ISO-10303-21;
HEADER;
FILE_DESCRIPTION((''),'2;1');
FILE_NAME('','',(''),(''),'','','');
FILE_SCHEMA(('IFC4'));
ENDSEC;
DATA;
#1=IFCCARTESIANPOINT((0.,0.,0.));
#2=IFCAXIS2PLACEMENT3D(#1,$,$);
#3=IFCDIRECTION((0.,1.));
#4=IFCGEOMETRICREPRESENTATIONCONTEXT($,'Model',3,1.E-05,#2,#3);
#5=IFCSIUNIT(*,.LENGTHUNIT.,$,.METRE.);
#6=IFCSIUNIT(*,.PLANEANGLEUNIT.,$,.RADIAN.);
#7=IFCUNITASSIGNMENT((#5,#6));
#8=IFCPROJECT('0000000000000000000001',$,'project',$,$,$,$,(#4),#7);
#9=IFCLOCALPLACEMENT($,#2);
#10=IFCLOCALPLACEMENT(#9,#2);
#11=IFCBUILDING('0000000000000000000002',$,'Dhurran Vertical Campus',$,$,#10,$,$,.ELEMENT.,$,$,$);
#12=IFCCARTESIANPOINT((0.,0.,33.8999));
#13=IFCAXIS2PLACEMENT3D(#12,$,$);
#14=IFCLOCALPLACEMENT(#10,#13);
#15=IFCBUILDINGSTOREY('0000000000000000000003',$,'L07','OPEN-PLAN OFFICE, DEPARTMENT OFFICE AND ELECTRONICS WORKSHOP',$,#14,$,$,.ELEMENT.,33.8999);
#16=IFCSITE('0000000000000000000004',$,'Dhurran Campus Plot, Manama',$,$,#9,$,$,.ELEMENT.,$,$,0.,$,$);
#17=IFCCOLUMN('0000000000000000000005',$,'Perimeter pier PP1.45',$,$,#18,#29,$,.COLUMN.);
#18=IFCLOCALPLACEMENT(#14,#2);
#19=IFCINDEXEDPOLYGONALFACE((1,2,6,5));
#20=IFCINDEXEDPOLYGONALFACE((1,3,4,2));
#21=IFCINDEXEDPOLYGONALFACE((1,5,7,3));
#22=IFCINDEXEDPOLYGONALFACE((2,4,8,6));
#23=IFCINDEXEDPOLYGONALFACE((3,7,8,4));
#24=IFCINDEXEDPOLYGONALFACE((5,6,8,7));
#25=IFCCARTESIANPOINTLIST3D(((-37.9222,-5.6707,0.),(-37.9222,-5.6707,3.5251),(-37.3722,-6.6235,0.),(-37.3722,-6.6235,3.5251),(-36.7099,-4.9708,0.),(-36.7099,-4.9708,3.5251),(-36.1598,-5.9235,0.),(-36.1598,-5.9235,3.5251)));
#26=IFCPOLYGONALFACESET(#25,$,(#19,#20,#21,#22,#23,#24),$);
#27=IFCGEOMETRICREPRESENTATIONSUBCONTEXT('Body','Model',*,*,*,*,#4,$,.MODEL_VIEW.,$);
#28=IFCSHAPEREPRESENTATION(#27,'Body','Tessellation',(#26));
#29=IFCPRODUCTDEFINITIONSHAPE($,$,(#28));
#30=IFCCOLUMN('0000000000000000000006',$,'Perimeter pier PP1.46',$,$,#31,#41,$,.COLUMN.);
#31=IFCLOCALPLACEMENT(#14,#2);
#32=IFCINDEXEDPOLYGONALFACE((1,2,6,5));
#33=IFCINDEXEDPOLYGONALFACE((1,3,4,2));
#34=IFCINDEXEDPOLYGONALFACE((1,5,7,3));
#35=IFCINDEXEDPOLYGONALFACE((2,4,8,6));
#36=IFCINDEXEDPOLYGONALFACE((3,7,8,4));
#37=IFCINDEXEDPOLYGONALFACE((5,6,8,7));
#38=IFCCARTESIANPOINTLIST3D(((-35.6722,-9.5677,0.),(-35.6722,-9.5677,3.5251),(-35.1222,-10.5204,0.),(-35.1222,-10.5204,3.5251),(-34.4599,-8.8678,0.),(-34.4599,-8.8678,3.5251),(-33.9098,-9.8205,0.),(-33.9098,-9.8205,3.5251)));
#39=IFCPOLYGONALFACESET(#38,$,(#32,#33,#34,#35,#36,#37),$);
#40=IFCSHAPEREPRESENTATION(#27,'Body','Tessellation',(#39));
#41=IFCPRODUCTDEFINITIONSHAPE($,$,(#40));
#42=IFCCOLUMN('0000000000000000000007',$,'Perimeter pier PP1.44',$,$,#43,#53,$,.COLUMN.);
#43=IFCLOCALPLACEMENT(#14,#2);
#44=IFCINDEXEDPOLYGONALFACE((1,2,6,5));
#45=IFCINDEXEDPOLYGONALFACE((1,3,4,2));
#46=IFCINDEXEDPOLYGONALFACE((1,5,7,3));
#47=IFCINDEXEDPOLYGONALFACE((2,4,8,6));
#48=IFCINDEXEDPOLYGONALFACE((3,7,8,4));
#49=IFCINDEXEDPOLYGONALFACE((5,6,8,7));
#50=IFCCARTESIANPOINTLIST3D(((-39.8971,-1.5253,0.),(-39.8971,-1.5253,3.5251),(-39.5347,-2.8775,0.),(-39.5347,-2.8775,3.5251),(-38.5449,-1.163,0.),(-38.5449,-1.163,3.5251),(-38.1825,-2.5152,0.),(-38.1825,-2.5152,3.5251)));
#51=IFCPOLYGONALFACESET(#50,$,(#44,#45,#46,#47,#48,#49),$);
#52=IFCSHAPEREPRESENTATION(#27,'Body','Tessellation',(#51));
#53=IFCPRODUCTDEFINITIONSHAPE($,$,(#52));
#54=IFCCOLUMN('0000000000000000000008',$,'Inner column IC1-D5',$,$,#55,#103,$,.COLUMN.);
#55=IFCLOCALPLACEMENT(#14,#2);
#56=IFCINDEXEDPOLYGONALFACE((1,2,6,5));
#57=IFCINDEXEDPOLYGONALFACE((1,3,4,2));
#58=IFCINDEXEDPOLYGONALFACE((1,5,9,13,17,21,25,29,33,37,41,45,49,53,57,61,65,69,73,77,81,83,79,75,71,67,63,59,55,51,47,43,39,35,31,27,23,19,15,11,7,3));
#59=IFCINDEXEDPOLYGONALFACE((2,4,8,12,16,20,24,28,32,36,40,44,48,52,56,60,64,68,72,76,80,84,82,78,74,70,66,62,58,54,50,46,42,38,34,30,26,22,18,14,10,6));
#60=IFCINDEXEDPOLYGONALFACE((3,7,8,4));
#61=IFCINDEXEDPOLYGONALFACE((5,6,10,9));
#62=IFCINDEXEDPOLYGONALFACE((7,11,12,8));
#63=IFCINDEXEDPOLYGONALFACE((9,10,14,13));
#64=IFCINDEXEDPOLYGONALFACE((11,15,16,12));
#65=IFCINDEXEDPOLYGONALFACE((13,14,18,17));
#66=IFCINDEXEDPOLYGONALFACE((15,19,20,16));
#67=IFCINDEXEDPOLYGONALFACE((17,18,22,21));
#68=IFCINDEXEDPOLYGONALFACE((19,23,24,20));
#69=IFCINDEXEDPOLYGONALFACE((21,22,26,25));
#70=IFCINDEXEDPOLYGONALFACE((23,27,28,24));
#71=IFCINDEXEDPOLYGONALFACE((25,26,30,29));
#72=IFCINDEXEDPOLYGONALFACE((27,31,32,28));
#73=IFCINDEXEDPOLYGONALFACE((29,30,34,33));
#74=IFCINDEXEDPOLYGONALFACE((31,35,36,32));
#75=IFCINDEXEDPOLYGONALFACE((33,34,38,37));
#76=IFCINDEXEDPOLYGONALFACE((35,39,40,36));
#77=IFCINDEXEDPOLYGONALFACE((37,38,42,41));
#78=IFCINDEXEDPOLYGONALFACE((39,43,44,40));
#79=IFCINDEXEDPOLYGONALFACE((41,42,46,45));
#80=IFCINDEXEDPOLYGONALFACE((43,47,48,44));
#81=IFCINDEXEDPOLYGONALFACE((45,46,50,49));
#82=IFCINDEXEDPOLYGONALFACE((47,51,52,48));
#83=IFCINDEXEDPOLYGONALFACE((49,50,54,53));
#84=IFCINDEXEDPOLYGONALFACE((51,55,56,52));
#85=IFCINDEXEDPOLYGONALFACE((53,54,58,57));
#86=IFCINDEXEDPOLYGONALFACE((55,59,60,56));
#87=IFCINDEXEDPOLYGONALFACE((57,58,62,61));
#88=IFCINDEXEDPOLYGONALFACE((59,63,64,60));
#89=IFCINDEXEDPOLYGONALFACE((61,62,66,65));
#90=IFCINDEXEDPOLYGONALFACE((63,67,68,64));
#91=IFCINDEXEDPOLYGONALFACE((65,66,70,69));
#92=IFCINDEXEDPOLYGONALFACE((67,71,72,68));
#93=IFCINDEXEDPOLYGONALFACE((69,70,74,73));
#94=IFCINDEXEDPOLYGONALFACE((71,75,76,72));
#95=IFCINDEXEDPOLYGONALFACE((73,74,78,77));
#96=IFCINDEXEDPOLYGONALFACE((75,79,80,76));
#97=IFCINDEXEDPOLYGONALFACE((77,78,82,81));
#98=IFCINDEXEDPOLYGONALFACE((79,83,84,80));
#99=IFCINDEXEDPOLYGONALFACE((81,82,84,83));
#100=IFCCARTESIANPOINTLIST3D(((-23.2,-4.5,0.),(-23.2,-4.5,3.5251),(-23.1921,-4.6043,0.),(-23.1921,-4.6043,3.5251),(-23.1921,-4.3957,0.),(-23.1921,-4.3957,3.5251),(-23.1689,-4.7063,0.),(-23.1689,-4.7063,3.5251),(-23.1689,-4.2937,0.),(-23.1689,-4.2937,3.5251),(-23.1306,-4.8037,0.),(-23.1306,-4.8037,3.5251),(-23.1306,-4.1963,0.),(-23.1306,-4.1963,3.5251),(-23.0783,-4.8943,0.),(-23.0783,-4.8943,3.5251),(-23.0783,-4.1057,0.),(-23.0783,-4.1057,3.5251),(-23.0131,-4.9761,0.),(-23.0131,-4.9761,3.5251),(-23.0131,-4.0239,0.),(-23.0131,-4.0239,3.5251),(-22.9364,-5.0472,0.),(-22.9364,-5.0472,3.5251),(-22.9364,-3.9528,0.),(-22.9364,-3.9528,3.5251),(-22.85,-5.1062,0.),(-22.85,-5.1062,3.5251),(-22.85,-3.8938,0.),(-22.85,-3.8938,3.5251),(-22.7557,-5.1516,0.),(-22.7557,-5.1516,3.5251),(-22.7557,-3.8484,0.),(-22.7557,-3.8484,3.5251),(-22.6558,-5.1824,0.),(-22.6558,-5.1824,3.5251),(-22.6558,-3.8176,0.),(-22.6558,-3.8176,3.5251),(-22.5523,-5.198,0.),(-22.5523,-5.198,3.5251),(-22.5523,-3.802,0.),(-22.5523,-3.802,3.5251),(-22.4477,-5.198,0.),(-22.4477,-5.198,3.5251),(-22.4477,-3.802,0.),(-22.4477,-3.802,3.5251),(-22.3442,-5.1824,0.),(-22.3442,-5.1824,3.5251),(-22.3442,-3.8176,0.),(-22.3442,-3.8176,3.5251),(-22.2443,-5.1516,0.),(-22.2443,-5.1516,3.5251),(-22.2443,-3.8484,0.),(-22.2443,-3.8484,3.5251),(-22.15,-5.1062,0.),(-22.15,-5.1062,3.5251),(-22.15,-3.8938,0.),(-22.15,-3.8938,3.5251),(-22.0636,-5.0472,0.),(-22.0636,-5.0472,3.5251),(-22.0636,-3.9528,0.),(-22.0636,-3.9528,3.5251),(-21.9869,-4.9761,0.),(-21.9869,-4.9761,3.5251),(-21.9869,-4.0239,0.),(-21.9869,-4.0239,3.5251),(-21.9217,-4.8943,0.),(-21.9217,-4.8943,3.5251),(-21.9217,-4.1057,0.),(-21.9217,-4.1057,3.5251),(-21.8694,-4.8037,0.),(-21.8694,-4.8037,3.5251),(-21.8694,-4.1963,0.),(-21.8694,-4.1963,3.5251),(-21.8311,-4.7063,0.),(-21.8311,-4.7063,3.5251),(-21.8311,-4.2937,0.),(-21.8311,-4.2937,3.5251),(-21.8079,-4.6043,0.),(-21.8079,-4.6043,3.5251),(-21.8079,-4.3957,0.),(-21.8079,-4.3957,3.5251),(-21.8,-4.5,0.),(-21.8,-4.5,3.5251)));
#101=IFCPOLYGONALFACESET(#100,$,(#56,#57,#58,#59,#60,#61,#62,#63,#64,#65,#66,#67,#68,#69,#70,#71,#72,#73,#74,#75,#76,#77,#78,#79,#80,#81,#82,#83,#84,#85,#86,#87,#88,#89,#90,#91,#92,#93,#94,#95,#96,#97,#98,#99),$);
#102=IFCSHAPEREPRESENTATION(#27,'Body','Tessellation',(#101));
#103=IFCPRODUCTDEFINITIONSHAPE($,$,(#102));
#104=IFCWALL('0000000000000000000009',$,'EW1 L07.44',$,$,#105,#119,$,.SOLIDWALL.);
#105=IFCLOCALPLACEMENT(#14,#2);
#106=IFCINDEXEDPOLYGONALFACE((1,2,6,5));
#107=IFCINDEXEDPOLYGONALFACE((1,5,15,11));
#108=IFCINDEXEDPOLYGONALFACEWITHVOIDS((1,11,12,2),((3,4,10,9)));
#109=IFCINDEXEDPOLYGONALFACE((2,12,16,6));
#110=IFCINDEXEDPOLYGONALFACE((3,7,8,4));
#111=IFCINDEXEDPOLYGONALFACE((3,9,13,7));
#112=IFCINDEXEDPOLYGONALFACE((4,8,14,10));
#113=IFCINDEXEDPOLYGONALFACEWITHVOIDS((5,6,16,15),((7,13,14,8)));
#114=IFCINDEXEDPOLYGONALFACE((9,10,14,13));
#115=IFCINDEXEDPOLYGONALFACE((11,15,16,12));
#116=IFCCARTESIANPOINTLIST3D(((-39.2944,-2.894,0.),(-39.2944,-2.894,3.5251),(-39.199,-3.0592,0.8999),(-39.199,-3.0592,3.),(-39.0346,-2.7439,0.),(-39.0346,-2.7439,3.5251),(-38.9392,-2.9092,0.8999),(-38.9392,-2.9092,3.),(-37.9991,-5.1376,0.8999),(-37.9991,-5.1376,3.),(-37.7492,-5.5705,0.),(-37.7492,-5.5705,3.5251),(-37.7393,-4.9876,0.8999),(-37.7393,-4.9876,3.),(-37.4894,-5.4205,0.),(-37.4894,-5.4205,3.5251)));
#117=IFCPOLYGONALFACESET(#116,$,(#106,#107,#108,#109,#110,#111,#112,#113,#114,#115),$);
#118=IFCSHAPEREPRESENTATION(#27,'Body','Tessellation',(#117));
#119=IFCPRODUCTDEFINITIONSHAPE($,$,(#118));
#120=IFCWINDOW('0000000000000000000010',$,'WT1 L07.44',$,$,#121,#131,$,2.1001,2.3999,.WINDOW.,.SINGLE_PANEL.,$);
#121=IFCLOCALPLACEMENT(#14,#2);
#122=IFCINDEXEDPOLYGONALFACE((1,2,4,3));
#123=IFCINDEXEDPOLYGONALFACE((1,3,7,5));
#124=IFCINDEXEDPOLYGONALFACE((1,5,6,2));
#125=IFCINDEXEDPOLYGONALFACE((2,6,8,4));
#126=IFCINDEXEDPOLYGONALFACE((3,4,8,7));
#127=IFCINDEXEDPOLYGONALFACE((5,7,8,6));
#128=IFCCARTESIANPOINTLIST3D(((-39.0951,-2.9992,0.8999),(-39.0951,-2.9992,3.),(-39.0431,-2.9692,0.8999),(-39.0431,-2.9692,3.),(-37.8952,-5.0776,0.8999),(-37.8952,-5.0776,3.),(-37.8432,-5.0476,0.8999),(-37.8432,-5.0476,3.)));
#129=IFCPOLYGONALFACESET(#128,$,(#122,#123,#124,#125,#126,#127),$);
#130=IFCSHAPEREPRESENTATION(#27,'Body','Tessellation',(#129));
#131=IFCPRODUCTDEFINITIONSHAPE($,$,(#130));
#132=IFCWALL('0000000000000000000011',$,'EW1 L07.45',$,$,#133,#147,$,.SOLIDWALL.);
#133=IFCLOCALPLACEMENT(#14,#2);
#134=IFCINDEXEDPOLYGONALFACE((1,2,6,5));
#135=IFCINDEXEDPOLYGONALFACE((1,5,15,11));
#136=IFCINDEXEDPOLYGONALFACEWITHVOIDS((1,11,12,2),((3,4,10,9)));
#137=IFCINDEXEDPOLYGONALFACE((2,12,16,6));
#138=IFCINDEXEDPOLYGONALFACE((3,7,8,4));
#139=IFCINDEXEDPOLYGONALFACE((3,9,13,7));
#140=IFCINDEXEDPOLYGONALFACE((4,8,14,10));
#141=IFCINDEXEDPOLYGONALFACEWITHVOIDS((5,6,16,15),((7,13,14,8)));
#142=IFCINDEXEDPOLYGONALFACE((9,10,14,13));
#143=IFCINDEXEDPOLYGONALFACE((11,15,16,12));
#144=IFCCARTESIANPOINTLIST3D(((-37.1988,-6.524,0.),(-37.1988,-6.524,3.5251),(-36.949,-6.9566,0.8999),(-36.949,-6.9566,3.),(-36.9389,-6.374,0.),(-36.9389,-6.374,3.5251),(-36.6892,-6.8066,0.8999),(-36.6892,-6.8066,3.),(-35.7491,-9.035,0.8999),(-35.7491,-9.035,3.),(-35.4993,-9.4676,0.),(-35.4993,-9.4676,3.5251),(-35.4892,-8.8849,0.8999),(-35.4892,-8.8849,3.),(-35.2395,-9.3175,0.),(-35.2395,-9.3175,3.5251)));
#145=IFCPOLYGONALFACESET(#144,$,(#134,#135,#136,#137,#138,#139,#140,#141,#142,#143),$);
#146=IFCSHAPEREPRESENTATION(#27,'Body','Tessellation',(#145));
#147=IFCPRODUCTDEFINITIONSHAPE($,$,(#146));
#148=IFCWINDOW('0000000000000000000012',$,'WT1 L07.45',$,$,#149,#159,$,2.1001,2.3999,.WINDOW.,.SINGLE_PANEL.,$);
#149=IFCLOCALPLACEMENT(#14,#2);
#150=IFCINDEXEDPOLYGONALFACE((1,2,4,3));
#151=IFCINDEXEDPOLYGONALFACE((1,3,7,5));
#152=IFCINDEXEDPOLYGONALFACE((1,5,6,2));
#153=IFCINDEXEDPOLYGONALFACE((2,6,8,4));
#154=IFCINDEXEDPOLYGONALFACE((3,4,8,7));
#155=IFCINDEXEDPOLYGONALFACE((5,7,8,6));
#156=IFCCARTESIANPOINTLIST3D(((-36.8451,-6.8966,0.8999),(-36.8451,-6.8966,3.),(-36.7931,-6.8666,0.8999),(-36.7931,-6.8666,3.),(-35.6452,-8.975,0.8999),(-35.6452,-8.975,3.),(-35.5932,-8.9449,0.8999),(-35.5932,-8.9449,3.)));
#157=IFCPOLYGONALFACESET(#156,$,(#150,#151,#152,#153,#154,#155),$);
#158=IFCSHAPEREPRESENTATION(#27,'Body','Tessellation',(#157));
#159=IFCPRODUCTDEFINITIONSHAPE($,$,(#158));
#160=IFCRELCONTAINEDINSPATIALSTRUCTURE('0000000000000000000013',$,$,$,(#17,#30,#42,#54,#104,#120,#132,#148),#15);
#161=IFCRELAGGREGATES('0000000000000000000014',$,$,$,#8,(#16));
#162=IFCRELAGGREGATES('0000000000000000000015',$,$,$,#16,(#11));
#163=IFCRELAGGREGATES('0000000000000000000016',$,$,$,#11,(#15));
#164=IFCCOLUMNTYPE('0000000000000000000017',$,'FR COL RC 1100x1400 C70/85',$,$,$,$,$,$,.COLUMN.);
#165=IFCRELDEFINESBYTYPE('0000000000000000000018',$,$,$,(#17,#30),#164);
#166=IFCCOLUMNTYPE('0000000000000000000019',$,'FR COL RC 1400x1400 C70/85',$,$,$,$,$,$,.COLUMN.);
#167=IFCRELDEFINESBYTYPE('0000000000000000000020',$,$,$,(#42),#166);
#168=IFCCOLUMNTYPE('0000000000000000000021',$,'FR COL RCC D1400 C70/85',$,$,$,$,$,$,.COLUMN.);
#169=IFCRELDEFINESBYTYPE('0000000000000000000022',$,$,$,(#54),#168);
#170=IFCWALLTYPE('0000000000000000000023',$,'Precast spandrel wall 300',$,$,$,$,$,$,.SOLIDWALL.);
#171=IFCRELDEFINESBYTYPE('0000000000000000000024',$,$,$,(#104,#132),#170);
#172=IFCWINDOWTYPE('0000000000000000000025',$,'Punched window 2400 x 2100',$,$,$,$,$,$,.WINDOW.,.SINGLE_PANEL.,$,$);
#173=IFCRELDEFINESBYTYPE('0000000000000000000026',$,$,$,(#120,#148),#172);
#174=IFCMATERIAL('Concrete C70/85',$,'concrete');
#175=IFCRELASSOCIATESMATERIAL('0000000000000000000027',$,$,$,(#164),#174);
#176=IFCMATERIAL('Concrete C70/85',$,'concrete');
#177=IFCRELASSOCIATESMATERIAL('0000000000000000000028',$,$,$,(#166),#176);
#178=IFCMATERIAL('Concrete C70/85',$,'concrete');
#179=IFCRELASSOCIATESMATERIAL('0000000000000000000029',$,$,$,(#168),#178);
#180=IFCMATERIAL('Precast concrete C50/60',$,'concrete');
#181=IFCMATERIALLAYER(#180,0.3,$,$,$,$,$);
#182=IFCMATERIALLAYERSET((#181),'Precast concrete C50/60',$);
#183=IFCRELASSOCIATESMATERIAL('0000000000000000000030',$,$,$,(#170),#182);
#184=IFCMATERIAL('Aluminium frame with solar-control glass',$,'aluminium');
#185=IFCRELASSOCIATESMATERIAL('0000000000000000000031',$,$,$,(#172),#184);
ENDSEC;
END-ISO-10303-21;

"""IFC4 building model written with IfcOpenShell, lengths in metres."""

from ifc_helpers import new_model, si_unit, direction, frame, frame_2d, origin, origin_2d, place, context, subcontext, project, spatial, rectangle, circle, extrude, material, layer, layer_set, material_profile, profile_set, type_object, element, fill, save


model = new_model("IFC4")

# Units and contexts
model_context = context("Model", 3, precision=1e-05, world=origin(), true_north=direction((0.0, 1.0)))
body_context = subcontext(model_context, "Body", "Model", "MODEL_VIEW")
ifc_project = project(units=[si_unit("LENGTHUNIT", "METRE"), si_unit("PLANEANGLEUNIT", "RADIAN")], contexts=[model_context])

# Site, building, storey
site_placement = place(None, origin())
site = spatial("IfcSite", under=ifc_project, at=site_placement, Name="Dhurran Campus Plot, Manama", CompositionType="ELEMENT", RefElevation=0.0)
building_placement = place(site_placement, origin())
building = spatial("IfcBuilding", under=site, at=building_placement, Name="Dhurran Vertical Campus", CompositionType="ELEMENT")
storey_placement = place(building_placement, frame((0.0, 0.0, 33.8999)))
storey = spatial("IfcBuildingStorey", under=building, at=storey_placement, Name="L07", Description="OPEN-PLAN OFFICE, DEPARTMENT OFFICE AND ELECTRONICS WORKSHOP", CompositionType="ELEMENT", Elevation=33.8999)

# Columns
ifc_material_1 = material(Name="Concrete C70/85", Category="concrete")
ifc_material_profile_1 = material_profile(ifc_material_1, rectangle(XDim=1.1001, YDim=1.3999, at=origin_2d()), Name="RC 1100x1400")
ifc_profile_set_1 = profile_set([ifc_material_profile_1], Name="Concrete C70/85")
column_type_1 = type_object("IfcColumnType", Name="FR COL RC 1100x1400 C70/85", PredefinedType="COLUMN", material=ifc_profile_set_1)
for number, where, z_axis, x_axis, name in (
    (1, (-37.041, -5.7971, 0.0), (0.0, 0.0, 1.0), (0.5, -0.866025, 0.0), "Perimeter pier PP1.45"),
    (2, (-34.791, -9.6941, 0.0), (0.0, 0.0, 1.0), (0.5, -0.866025, 0.0), "Perimeter pier PP1.46"),
):
    element("IfcColumn", number, at=place(storey_placement, frame(where, z_axis=z_axis, x_axis=x_axis)), inside=storey, type_object=column_type_1, Name=name, PredefinedType="COLUMN", context=body_context, shape_type="SweptSolid", body=[
        extrude(rectangle(XDim=1.1001, YDim=1.3999, at=origin_2d()), origin(), (0.0, 0.0, 1.0), 3.5251),
    ])
ifc_material_2 = material(Name="Concrete C70/85", Category="concrete")
ifc_material_profile_2 = material_profile(ifc_material_2, rectangle(XDim=1.3999, YDim=1.3999, at=origin_2d()), Name="RC 1400x1400")
ifc_profile_set_2 = profile_set([ifc_material_profile_2], Name="Concrete C70/85")
column_type_2 = type_object("IfcColumnType", Name="FR COL RC 1400x1400 C70/85", PredefinedType="COLUMN", material=ifc_profile_set_2)
column_1_placement = place(storey_placement, frame((-39.0398, -2.0203, 0.0), z_axis=(0.0, 0.0, 1.0), x_axis=(0.258819, -0.965926, 0.0)))
element("IfcColumn", 3, at=column_1_placement, inside=storey, type_object=column_type_2, Name="Perimeter pier PP1.44", PredefinedType="COLUMN", context=body_context, shape_type="SweptSolid", body=[
    extrude(rectangle(XDim=1.3999, YDim=1.3999, at=origin_2d()), origin(), (0.0, 0.0, 1.0), 3.5251),
])
ifc_material_3 = material(Name="Concrete C70/85", Category="concrete")
ifc_material_profile_3 = material_profile(ifc_material_3, circle(Radius=0.7, at=origin_2d()), Name="RCC D1400")
ifc_profile_set_3 = profile_set([ifc_material_profile_3], Name="Concrete C70/85")
column_type_3 = type_object("IfcColumnType", Name="FR COL RCC D1400 C70/85", PredefinedType="COLUMN", material=ifc_profile_set_3)
column_2_placement = place(storey_placement, frame((-22.5, -4.5, 0.0), z_axis=(0.0, 0.0, 1.0), x_axis=(1.0, 0.0, 0.0)))
element("IfcColumn", 4, at=column_2_placement, inside=storey, type_object=column_type_3, Name="Inner column IC1-D5", PredefinedType="COLUMN", context=body_context, shape_type="SweptSolid", body=[
    extrude(circle(Radius=0.7, at=origin_2d()), origin(), (0.0, 0.0, 1.0), 3.5251),
])

# Walls, openings, windows
ifc_material_4 = material(Name="Precast concrete C50/60", Category="concrete")
ifc_layer_1 = layer(ifc_material_4, 0.3)
ifc_layer_set_1 = layer_set([ifc_layer_1], Name="Precast concrete C50/60")
wall_type_1 = type_object("IfcWallType", Name="Precast spandrel wall 300", PredefinedType="SOLIDWALL", material=ifc_layer_set_1)
wall_1_placement = place(storey_placement, frame((-39.1646, -2.8188, 0.0), z_axis=(0.0, 0.0, 1.0), x_axis=(0.499971, -0.866042, 0.0)))
wall_1 = element("IfcWall", 5, at=wall_1_placement, inside=storey, type_object=wall_type_1, Name="EW1 L07.44", PredefinedType="SOLIDWALL", context=body_context, shape_type="SweptSolid", body=[
    extrude(rectangle(XDim=3.0906, YDim=0.3, at=frame_2d((1.5454, 0.0))), origin(), (0.0, 0.0, 1.0), 3.5251),
])
opening_1_placement = place(wall_1_placement, frame((0.1909, 0.0, 0.8999)))
opening_1 = element("IfcOpeningElement", 6, at=opening_1_placement, cuts=wall_1, PredefinedType="OPENING", context=body_context, shape_type="SweptSolid", body=[
    extrude(rectangle(XDim=2.3999, YDim=2.1001, at=frame_2d((1.2, 1.05))), frame((0.0, 0.1599, 0.0), z_axis=(0.0, -1.0, 0.0), x_axis=(1.0, 0.0, 0.0)), (0.0, 0.0, 1.0), 0.3201),
])
ifc_material_5 = material(Name="Aluminium frame with solar-control glass", Category="aluminium")
window_type = type_object("IfcWindowType", Name="Punched window 2400 x 2100", PartitioningType="SINGLE_PANEL", PredefinedType="WINDOW", material=ifc_material_5)
window_1_placement = place(opening_1_placement, origin())
window_1 = element("IfcWindow", 7, at=window_1_placement, inside=storey, type_object=window_type, Name="WT1 L07.44", OverallHeight=2.1001, OverallWidth=2.3999, PartitioningType="SINGLE_PANEL", PredefinedType="WINDOW", context=body_context, shape_type="SweptSolid", body=[
    extrude(rectangle(XDim=2.3999, YDim=2.1001, at=frame_2d((1.2, 1.05))), frame((0.0, 0.03, 0.0), z_axis=(0.0, -1.0, 0.0), x_axis=(1.0, 0.0, 0.0)), (0.0, 0.0, 1.0), 0.0601),
])
fill(opening_1, window_1)
wall_2_placement = place(storey_placement, frame((-37.0688, -6.449, 0.0), z_axis=(0.0, 0.0, 1.0), x_axis=(0.499994, -0.866029, 0.0)))
wall_2 = element("IfcWall", 8, at=wall_2_placement, inside=storey, type_object=wall_type_1, Name="EW1 L07.45", PredefinedType="SOLIDWALL", context=body_context, shape_type="SweptSolid", body=[
    extrude(rectangle(XDim=3.3989, YDim=0.3, at=frame_2d((1.6995, 0.0))), origin(), (0.0, 0.0, 1.0), 3.5251),
])
opening_2_placement = place(wall_2_placement, frame((0.4995, 0.0, 0.8999)))
opening_2 = element("IfcOpeningElement", 9, at=opening_2_placement, cuts=wall_2, PredefinedType="OPENING", context=body_context, shape_type="SweptSolid", body=[
    extrude(rectangle(XDim=2.3999, YDim=2.1001, at=frame_2d((1.2, 1.05))), frame((0.0, 0.1599, 0.0), z_axis=(0.0, -1.0, 0.0), x_axis=(1.0, 0.0, 0.0)), (0.0, 0.0, 1.0), 0.3201),
])
window_2_placement = place(opening_2_placement, origin())
window_2 = element("IfcWindow", 10, at=window_2_placement, inside=storey, type_object=window_type, Name="WT1 L07.45", OverallHeight=2.1001, OverallWidth=2.3999, PartitioningType="SINGLE_PANEL", PredefinedType="WINDOW", context=body_context, shape_type="SweptSolid", body=[
    extrude(rectangle(XDim=2.3999, YDim=2.1001, at=frame_2d((1.2, 1.05))), frame((0.0, 0.03, 0.0), z_axis=(0.0, -1.0, 0.0), x_axis=(1.0, 0.0, 0.0)), (0.0, 0.0, 1.0), 0.0601),
])
fill(opening_2, window_2)

save(model, "model.ifc")
